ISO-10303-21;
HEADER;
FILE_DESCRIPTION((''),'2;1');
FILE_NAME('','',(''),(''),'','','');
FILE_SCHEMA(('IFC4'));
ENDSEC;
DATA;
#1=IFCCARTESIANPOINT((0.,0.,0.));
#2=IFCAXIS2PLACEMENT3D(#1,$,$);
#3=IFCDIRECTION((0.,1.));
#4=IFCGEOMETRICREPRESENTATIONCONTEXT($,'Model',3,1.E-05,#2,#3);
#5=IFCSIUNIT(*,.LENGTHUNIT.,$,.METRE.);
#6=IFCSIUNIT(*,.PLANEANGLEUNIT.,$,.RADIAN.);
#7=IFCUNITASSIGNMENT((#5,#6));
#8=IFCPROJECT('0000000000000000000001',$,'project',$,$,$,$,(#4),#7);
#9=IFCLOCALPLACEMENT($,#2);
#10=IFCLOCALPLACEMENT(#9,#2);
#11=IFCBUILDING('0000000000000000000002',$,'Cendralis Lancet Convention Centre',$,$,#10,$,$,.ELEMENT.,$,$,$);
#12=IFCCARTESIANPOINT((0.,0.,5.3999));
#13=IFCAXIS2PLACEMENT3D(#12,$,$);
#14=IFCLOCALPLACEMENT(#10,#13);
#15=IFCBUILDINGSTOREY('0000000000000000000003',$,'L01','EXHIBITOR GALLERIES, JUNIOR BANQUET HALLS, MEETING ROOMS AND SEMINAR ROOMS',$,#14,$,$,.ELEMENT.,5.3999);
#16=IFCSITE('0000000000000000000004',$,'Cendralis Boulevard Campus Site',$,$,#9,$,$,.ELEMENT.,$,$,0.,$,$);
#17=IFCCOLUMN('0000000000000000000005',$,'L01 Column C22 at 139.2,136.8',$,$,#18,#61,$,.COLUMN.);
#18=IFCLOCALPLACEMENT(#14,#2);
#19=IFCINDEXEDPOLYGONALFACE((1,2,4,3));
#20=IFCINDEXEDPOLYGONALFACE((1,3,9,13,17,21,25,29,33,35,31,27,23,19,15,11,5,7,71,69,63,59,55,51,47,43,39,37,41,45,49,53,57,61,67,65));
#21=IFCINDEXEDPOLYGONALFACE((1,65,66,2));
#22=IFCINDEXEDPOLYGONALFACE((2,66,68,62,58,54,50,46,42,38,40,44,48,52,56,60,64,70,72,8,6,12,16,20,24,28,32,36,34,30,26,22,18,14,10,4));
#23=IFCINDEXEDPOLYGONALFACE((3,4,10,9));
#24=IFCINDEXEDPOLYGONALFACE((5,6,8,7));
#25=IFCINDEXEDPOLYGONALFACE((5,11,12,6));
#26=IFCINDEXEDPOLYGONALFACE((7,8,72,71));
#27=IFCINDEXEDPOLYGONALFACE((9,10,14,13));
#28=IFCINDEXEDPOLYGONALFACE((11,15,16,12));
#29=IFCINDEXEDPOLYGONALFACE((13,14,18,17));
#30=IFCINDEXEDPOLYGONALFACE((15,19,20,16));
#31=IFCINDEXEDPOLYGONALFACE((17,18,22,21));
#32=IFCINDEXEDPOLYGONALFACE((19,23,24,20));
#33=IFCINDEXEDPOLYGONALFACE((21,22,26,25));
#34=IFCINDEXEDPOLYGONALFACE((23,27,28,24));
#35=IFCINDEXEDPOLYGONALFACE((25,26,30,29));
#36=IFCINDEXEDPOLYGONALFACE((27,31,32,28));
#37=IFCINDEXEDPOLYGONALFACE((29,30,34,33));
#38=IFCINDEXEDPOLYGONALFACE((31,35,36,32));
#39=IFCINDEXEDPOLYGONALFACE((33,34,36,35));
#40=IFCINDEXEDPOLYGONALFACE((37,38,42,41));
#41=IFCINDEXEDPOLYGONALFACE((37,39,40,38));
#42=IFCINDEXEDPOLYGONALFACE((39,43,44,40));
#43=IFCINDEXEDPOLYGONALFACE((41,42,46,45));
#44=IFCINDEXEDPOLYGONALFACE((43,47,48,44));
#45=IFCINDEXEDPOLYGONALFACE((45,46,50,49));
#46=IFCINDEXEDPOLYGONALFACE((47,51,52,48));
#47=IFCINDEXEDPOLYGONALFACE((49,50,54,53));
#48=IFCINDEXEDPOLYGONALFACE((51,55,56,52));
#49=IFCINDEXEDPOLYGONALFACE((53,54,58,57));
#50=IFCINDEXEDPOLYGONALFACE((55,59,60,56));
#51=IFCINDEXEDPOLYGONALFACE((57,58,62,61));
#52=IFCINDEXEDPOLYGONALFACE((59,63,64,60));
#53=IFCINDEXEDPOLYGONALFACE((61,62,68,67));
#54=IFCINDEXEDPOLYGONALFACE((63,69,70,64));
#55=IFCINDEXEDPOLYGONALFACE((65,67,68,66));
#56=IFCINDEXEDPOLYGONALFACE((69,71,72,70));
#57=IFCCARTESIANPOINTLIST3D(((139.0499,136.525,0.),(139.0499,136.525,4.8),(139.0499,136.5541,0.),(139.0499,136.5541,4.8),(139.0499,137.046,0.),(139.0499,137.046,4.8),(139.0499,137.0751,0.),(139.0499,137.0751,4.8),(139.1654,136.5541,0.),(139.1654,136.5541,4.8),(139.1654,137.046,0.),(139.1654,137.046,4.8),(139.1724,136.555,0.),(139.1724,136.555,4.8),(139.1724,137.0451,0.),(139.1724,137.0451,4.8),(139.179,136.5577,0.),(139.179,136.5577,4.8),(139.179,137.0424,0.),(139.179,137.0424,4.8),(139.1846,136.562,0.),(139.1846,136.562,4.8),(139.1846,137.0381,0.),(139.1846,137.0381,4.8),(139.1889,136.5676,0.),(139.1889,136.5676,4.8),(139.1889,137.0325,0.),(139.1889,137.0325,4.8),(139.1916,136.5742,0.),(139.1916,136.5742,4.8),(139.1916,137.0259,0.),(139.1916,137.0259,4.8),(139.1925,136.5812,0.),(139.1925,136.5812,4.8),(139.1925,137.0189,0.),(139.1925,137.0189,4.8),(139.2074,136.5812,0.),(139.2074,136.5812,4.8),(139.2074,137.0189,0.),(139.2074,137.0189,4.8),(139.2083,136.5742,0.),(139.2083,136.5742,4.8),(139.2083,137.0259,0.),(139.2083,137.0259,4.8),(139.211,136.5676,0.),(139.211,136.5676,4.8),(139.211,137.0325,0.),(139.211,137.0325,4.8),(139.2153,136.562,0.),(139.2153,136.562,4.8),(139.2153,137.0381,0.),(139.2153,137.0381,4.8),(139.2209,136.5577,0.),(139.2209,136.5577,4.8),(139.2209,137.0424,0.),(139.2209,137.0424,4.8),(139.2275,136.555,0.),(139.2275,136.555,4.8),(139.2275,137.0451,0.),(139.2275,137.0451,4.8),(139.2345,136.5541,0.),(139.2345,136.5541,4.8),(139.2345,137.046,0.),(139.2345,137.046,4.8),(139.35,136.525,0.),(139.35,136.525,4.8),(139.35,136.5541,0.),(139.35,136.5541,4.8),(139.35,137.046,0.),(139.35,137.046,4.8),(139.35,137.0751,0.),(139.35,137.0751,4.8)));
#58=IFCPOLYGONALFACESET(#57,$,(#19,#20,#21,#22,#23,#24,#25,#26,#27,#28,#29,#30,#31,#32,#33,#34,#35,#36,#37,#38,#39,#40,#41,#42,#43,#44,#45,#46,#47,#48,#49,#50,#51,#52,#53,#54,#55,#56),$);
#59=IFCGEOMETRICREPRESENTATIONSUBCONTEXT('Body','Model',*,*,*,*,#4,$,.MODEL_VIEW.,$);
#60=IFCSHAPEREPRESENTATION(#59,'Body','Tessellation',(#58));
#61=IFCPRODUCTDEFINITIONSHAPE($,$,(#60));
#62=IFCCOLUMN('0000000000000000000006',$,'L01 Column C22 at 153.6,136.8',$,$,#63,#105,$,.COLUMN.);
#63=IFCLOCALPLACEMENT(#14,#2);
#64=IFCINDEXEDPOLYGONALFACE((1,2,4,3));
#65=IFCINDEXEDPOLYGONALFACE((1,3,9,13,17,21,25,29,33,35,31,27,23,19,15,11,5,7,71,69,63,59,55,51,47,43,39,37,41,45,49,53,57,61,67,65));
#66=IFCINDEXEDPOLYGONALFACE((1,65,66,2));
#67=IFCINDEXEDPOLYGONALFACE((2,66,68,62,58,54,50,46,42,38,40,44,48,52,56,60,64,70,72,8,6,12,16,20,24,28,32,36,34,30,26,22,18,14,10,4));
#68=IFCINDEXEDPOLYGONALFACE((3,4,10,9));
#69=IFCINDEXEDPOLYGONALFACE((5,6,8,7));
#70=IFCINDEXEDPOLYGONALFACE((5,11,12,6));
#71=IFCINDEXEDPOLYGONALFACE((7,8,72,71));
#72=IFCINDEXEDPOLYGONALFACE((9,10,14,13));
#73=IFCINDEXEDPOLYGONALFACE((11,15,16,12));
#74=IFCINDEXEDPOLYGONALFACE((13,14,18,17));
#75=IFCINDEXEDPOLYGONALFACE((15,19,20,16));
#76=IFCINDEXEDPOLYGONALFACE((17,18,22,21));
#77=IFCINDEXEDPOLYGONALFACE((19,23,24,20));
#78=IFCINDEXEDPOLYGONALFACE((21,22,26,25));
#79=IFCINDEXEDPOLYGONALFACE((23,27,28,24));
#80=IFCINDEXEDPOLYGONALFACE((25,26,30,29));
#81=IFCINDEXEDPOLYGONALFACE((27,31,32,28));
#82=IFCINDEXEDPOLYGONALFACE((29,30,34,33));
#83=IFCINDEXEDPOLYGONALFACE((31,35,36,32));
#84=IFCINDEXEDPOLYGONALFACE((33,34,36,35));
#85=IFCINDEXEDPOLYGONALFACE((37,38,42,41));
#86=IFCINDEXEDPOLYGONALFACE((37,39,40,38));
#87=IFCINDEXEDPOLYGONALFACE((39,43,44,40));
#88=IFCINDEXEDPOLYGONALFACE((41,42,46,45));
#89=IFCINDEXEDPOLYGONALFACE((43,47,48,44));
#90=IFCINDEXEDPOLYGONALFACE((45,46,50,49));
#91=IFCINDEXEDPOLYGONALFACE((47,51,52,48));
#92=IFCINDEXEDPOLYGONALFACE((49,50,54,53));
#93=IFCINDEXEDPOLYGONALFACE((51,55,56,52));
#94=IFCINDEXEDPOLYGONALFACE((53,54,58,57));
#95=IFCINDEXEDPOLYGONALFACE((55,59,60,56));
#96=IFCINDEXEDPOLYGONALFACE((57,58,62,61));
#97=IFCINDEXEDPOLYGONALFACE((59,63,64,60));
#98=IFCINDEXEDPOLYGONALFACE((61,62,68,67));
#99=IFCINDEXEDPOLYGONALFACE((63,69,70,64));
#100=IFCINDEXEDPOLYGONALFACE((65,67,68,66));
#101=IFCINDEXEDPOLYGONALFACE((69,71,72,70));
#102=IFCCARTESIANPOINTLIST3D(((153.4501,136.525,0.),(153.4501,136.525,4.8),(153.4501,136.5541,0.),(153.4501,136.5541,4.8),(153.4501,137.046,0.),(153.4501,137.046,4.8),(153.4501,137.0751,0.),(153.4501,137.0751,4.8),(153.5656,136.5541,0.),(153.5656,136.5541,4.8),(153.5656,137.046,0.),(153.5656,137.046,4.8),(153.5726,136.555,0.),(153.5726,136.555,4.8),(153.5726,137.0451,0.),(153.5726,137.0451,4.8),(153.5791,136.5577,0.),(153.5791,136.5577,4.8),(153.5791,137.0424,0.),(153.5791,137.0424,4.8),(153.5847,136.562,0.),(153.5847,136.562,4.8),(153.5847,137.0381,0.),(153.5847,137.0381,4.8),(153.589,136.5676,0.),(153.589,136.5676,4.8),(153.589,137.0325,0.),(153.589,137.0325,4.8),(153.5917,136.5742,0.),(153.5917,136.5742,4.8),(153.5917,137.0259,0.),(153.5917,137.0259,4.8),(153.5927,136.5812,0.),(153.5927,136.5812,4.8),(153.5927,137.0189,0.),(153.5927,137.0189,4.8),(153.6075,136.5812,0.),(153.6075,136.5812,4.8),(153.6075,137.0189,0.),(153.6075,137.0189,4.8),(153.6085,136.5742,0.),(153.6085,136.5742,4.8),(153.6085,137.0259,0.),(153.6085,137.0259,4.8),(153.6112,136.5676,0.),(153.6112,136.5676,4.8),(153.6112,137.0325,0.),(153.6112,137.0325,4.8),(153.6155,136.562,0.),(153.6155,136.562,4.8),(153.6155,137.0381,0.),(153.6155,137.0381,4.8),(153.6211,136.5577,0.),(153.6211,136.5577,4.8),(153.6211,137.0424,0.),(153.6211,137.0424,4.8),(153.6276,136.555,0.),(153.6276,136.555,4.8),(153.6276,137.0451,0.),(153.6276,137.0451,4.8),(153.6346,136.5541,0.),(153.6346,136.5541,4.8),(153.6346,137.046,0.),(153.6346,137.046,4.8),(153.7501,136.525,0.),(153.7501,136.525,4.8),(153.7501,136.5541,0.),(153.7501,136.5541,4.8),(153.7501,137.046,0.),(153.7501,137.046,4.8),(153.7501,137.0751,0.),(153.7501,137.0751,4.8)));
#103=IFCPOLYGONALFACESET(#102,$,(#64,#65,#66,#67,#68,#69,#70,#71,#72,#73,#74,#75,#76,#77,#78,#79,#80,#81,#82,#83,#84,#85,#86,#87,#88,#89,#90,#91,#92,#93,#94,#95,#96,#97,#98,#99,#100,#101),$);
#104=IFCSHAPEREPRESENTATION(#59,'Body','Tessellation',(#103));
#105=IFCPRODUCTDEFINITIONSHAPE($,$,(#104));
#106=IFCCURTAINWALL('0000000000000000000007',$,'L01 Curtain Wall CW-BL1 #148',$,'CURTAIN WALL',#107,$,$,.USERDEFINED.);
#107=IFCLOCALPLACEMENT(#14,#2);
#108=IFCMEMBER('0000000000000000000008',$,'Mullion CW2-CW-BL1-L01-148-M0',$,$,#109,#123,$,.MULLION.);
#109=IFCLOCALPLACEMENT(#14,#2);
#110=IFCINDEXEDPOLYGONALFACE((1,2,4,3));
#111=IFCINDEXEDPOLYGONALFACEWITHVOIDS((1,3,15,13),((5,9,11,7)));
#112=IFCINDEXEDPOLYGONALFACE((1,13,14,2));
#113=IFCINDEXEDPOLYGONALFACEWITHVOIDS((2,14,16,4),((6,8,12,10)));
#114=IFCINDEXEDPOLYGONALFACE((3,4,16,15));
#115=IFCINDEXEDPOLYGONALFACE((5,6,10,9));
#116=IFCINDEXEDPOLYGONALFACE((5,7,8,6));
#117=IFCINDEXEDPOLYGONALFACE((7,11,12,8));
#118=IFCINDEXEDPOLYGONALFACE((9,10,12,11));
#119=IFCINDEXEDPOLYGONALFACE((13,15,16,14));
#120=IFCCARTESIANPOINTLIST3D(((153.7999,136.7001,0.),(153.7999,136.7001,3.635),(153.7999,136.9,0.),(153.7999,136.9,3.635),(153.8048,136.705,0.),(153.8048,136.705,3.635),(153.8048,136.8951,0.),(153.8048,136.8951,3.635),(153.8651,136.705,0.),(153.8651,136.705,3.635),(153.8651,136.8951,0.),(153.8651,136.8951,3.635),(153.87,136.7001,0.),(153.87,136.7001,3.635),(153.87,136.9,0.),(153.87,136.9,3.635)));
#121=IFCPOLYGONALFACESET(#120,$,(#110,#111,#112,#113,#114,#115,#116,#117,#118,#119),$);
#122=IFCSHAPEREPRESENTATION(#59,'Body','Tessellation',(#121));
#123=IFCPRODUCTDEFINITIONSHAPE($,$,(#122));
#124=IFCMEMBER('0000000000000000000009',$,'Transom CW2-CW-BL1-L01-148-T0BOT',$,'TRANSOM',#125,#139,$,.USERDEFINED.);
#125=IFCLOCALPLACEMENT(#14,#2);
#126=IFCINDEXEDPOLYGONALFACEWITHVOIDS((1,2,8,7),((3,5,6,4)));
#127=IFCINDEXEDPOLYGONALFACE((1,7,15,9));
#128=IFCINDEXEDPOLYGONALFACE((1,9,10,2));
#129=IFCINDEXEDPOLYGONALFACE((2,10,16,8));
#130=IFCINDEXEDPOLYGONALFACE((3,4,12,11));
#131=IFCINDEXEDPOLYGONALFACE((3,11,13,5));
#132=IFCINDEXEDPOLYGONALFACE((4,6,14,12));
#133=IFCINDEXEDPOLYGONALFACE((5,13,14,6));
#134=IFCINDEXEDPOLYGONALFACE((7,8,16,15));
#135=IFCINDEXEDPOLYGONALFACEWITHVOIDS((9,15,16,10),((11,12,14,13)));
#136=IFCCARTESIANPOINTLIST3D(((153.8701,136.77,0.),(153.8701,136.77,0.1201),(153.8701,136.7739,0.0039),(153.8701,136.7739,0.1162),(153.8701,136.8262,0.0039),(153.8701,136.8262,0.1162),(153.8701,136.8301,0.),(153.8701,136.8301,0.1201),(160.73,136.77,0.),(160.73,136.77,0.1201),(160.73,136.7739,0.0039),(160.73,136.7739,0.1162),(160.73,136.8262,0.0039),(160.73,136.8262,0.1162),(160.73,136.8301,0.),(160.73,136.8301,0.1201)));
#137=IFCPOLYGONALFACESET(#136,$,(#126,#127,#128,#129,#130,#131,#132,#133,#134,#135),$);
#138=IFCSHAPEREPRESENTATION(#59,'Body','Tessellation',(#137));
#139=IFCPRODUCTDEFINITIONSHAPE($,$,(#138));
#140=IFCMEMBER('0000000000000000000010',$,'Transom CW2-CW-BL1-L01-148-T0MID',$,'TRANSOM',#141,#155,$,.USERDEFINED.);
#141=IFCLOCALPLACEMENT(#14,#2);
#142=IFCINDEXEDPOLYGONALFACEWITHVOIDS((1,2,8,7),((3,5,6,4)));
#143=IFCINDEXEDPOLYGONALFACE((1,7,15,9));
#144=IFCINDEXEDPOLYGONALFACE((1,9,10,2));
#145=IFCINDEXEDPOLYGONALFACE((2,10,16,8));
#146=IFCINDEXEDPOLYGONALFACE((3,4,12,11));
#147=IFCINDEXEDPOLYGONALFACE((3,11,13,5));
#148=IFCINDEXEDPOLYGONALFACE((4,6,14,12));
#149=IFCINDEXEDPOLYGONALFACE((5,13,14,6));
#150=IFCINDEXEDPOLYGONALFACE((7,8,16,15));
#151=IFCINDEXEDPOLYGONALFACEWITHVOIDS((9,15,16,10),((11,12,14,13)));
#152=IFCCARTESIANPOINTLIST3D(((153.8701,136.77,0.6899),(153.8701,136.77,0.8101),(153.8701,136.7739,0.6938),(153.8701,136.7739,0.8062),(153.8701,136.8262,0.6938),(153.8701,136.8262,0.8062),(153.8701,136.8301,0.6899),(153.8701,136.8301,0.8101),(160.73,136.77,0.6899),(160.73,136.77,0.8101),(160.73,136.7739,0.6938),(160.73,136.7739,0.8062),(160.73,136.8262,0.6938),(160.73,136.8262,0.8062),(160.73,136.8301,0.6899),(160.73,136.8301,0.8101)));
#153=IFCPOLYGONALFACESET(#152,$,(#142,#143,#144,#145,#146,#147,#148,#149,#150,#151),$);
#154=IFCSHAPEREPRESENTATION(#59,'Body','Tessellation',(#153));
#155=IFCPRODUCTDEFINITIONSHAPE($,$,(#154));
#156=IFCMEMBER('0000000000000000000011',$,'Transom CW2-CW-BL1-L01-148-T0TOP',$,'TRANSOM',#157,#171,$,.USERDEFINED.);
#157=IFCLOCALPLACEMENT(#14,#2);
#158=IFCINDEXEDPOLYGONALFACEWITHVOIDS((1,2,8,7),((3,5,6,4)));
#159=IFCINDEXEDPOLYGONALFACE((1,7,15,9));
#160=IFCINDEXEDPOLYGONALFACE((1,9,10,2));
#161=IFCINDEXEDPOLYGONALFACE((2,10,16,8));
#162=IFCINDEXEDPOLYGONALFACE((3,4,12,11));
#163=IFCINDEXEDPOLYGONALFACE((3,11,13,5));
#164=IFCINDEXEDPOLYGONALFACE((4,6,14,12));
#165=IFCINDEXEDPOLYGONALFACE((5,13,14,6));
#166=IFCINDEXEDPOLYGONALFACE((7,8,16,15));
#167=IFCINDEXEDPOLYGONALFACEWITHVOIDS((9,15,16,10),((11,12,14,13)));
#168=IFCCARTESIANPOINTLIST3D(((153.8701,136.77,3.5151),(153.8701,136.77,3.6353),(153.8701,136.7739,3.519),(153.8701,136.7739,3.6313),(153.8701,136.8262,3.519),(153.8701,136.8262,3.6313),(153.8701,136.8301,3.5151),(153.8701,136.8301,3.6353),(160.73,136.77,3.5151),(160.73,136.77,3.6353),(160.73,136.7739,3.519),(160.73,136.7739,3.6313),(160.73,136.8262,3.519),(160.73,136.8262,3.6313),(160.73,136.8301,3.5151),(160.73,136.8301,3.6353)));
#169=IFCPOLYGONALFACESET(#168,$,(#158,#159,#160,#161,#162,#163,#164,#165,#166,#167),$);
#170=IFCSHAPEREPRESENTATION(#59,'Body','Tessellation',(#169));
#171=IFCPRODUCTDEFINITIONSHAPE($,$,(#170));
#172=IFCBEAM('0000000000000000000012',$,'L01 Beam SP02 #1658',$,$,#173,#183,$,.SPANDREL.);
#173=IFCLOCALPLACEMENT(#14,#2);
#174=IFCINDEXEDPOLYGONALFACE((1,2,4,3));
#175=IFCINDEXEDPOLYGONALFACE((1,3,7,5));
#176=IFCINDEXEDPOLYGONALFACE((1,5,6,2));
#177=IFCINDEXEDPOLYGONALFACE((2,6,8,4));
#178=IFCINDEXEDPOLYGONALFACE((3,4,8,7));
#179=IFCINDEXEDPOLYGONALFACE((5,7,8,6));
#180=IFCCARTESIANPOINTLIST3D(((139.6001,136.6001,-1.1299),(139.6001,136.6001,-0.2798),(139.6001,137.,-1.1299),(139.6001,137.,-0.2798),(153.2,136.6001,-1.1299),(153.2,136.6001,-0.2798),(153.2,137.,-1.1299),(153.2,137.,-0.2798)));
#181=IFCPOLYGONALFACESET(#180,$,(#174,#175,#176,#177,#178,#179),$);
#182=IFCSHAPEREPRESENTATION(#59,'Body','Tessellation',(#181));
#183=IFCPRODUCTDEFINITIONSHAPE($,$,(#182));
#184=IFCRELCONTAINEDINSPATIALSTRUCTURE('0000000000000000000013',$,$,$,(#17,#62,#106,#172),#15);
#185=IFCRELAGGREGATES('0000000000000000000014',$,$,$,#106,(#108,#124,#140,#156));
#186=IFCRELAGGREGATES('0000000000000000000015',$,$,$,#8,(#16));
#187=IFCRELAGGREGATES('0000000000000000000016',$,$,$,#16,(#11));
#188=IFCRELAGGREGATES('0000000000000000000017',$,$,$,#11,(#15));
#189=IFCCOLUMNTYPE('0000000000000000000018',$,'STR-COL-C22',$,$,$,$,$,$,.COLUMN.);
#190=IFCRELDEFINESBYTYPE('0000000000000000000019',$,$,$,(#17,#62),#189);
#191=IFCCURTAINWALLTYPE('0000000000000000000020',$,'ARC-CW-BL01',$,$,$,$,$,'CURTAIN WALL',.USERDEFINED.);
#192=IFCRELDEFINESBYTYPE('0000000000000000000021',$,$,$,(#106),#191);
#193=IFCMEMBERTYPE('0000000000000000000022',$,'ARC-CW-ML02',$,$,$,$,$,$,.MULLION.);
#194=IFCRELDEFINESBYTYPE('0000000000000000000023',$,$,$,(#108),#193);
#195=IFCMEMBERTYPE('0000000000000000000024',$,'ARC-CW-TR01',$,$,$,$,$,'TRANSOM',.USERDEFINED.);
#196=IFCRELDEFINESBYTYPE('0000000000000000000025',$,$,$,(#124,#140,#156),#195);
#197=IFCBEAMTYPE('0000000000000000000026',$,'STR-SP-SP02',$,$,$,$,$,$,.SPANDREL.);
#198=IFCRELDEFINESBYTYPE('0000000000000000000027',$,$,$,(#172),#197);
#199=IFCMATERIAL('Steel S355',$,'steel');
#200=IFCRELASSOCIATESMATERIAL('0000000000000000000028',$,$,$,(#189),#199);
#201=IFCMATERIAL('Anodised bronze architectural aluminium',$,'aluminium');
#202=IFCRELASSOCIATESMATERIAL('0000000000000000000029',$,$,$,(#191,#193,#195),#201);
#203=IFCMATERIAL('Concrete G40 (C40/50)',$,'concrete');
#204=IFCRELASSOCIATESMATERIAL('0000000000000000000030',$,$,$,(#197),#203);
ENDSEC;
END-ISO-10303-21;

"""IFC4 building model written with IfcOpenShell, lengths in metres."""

from ifc_helpers import new_model, si_unit, direction, frame, origin, origin_2d, place, context, subcontext, project, spatial, rectangle, hollow_rectangle, i_section, extrude, material, material_profile, profile_set, type_object, element, aggregate, save


model = new_model("IFC4")

# Units and contexts
model_context = context("Model", 3, precision=1e-05, world=origin(), true_north=direction((0.0, 1.0)))
body_context = subcontext(model_context, "Body", "Model", "MODEL_VIEW")
ifc_project = project(units=[si_unit("LENGTHUNIT", "METRE"), si_unit("PLANEANGLEUNIT", "RADIAN")], contexts=[model_context])

# Site, building, storey
site_placement = place(None, origin())
site = spatial("IfcSite", under=ifc_project, at=site_placement, Name="Cendralis Boulevard Campus Site", CompositionType="ELEMENT", RefElevation=0.0)
building_placement = place(site_placement, origin())
building = spatial("IfcBuilding", under=site, at=building_placement, Name="Cendralis Lancet Convention Centre", CompositionType="ELEMENT")
storey_placement = place(building_placement, frame((0.0, 0.0, 5.3999)))
storey = spatial("IfcBuildingStorey", under=building, at=storey_placement, Name="L01", Description="EXHIBITOR GALLERIES, JUNIOR BANQUET HALLS, MEETING ROOMS AND SEMINAR ROOMS", CompositionType="ELEMENT", Elevation=5.3999)

# Columns
ifc_material_1 = material(Name="Steel S355", Category="steel")
ifc_material_profile_1 = material_profile(ifc_material_1, i_section(OverallWidth=0.3, OverallDepth=0.55, WebThickness=0.0149, FlangeThickness=0.0291, FilletRadius=0.0271, at=origin_2d()), Name="HEB 550")
ifc_profile_set_1 = profile_set([ifc_material_profile_1], Name="Steel S355")
column_type = type_object("IfcColumnType", Name="STR-COL-C22", PredefinedType="COLUMN", material=ifc_profile_set_1)
for number, where, z_axis, x_axis, name in (
    (1, (139.2, 136.8, 0.0), (0.0, 0.0, 1.0), (1.0, 0.0, 0.0), "L01 Column C22 at 139.2,136.8"),
    (2, (153.6001, 136.8, 0.0), (0.0, 0.0, 1.0), (1.0, 0.0, 0.0), "L01 Column C22 at 153.6,136.8"),
):
    element("IfcColumn", number, at=place(storey_placement, frame(where, z_axis=z_axis, x_axis=x_axis)), inside=storey, type_object=column_type, Name=name, PredefinedType="COLUMN", context=body_context, shape_type="SweptSolid", body=[
        extrude(i_section(OverallWidth=0.3, OverallDepth=0.55, WebThickness=0.0149, FlangeThickness=0.0291, FilletRadius=0.0271, at=origin_2d()), origin(), (0.0, 0.0, 1.0), 4.8),
    ])

# Curtain wall, members
ifc_material_2 = material(Name="Anodised bronze architectural aluminium", Category="aluminium")
curtain_wall_type = type_object("IfcCurtainWallType", Name="ARC-CW-BL01", ElementType="CURTAIN WALL", PredefinedType="USERDEFINED", material=ifc_material_2)
curtain_wall_placement = place(storey_placement, origin())
curtain_wall = element("IfcCurtainWall", 3, at=curtain_wall_placement, inside=storey, type_object=curtain_wall_type, Name="L01 Curtain Wall CW-BL1 #148", ObjectType="CURTAIN WALL", PredefinedType="USERDEFINED")
ifc_material_profile_2 = material_profile(ifc_material_2, hollow_rectangle(XDim=0.0701, YDim=0.2, WallThickness=0.0049, at=origin_2d()), Name="AL-MULL 70x200x5.0")
ifc_profile_set_2 = profile_set([ifc_material_profile_2], Name="Anodised bronze architectural aluminium")
member_type_1 = type_object("IfcMemberType", Name="ARC-CW-ML02", PredefinedType="MULLION", material=ifc_profile_set_2)
member_1_placement = place(storey_placement, frame((153.835, 136.8, 0.0), z_axis=(0.0, 0.0, 1.0), x_axis=(1.0, 0.0, 0.0)))
member_1 = element("IfcMember", 4, at=member_1_placement, type_object=member_type_1, Name="Mullion CW2-CW-BL1-L01-148-M0", PredefinedType="MULLION", context=body_context, shape_type="SweptSolid", body=[
    extrude(hollow_rectangle(XDim=0.0701, YDim=0.2, WallThickness=0.0049, at=origin_2d()), origin(), (0.0, 0.0, 1.0), 3.635),
])
ifc_material_profile_3 = material_profile(ifc_material_2, hollow_rectangle(XDim=0.0601, YDim=0.1201, WallThickness=0.0039, at=origin_2d()), Name="AL-TRAN 60x120x4.0")
ifc_profile_set_3 = profile_set([ifc_material_profile_3], Name="Anodised bronze architectural aluminium")
member_type_2 = type_object("IfcMemberType", Name="ARC-CW-TR01", ElementType="TRANSOM", PredefinedType="USERDEFINED", material=ifc_profile_set_3)
member_2_placement = place(storey_placement, frame((153.8701, 136.8, 0.0601), z_axis=(1.0, 0.0, 0.0), x_axis=(0.0, 1.0, 0.0)))
member_2 = element("IfcMember", 5, at=member_2_placement, type_object=member_type_2, Name="Transom CW2-CW-BL1-L01-148-T0BOT", ObjectType="TRANSOM", PredefinedType="USERDEFINED", context=body_context, shape_type="SweptSolid", body=[
    extrude(hollow_rectangle(XDim=0.0601, YDim=0.1201, WallThickness=0.0039, at=origin_2d()), origin(), (0.0, 0.0, 1.0), 6.8599),
])
member_3_placement = place(storey_placement, frame((153.8701, 136.8, 0.75), z_axis=(1.0, 0.0, 0.0), x_axis=(0.0, 1.0, 0.0)))
member_3 = element("IfcMember", 6, at=member_3_placement, type_object=member_type_2, Name="Transom CW2-CW-BL1-L01-148-T0MID", ObjectType="TRANSOM", PredefinedType="USERDEFINED", context=body_context, shape_type="SweptSolid", body=[
    extrude(hollow_rectangle(XDim=0.0601, YDim=0.1201, WallThickness=0.0039, at=origin_2d()), origin(), (0.0, 0.0, 1.0), 6.8599),
])
member_4_placement = place(storey_placement, frame((153.8701, 136.8, 3.5752), z_axis=(1.0, 0.0, 0.0), x_axis=(0.0, 1.0, 0.0)))
member_4 = element("IfcMember", 7, at=member_4_placement, type_object=member_type_2, Name="Transom CW2-CW-BL1-L01-148-T0TOP", ObjectType="TRANSOM", PredefinedType="USERDEFINED", context=body_context, shape_type="SweptSolid", body=[
    extrude(hollow_rectangle(XDim=0.0601, YDim=0.1201, WallThickness=0.0039, at=origin_2d()), origin(), (0.0, 0.0, 1.0), 6.8599),
])
aggregate(curtain_wall, [member_1, member_2, member_3, member_4])

# Beam
ifc_material_3 = material(Name="Concrete G40 (C40/50)", Category="concrete")
ifc_material_profile_4 = material_profile(ifc_material_3, rectangle(XDim=0.3999, YDim=0.8501, at=origin_2d()), Name="RCB 400x850")
ifc_profile_set_4 = profile_set([ifc_material_profile_4], Name="Concrete G40 (C40/50)")
beam_type = type_object("IfcBeamType", Name="STR-SP-SP02", PredefinedType="SPANDREL", material=ifc_profile_set_4)
beam_placement = place(storey_placement, frame((139.6001, 136.8, -0.7048), z_axis=(1.0, 0.0, 0.0), x_axis=(0.0, 1.0, 0.0)))
element("IfcBeam", 8, at=beam_placement, inside=storey, type_object=beam_type, Name="L01 Beam SP02 #1658", PredefinedType="SPANDREL", context=body_context, shape_type="SweptSolid", body=[
    extrude(rectangle(XDim=0.3999, YDim=0.8501, at=origin_2d()), origin(), (0.0, 0.0, 1.0), 13.5999),
])

save(model, "model.ifc")
